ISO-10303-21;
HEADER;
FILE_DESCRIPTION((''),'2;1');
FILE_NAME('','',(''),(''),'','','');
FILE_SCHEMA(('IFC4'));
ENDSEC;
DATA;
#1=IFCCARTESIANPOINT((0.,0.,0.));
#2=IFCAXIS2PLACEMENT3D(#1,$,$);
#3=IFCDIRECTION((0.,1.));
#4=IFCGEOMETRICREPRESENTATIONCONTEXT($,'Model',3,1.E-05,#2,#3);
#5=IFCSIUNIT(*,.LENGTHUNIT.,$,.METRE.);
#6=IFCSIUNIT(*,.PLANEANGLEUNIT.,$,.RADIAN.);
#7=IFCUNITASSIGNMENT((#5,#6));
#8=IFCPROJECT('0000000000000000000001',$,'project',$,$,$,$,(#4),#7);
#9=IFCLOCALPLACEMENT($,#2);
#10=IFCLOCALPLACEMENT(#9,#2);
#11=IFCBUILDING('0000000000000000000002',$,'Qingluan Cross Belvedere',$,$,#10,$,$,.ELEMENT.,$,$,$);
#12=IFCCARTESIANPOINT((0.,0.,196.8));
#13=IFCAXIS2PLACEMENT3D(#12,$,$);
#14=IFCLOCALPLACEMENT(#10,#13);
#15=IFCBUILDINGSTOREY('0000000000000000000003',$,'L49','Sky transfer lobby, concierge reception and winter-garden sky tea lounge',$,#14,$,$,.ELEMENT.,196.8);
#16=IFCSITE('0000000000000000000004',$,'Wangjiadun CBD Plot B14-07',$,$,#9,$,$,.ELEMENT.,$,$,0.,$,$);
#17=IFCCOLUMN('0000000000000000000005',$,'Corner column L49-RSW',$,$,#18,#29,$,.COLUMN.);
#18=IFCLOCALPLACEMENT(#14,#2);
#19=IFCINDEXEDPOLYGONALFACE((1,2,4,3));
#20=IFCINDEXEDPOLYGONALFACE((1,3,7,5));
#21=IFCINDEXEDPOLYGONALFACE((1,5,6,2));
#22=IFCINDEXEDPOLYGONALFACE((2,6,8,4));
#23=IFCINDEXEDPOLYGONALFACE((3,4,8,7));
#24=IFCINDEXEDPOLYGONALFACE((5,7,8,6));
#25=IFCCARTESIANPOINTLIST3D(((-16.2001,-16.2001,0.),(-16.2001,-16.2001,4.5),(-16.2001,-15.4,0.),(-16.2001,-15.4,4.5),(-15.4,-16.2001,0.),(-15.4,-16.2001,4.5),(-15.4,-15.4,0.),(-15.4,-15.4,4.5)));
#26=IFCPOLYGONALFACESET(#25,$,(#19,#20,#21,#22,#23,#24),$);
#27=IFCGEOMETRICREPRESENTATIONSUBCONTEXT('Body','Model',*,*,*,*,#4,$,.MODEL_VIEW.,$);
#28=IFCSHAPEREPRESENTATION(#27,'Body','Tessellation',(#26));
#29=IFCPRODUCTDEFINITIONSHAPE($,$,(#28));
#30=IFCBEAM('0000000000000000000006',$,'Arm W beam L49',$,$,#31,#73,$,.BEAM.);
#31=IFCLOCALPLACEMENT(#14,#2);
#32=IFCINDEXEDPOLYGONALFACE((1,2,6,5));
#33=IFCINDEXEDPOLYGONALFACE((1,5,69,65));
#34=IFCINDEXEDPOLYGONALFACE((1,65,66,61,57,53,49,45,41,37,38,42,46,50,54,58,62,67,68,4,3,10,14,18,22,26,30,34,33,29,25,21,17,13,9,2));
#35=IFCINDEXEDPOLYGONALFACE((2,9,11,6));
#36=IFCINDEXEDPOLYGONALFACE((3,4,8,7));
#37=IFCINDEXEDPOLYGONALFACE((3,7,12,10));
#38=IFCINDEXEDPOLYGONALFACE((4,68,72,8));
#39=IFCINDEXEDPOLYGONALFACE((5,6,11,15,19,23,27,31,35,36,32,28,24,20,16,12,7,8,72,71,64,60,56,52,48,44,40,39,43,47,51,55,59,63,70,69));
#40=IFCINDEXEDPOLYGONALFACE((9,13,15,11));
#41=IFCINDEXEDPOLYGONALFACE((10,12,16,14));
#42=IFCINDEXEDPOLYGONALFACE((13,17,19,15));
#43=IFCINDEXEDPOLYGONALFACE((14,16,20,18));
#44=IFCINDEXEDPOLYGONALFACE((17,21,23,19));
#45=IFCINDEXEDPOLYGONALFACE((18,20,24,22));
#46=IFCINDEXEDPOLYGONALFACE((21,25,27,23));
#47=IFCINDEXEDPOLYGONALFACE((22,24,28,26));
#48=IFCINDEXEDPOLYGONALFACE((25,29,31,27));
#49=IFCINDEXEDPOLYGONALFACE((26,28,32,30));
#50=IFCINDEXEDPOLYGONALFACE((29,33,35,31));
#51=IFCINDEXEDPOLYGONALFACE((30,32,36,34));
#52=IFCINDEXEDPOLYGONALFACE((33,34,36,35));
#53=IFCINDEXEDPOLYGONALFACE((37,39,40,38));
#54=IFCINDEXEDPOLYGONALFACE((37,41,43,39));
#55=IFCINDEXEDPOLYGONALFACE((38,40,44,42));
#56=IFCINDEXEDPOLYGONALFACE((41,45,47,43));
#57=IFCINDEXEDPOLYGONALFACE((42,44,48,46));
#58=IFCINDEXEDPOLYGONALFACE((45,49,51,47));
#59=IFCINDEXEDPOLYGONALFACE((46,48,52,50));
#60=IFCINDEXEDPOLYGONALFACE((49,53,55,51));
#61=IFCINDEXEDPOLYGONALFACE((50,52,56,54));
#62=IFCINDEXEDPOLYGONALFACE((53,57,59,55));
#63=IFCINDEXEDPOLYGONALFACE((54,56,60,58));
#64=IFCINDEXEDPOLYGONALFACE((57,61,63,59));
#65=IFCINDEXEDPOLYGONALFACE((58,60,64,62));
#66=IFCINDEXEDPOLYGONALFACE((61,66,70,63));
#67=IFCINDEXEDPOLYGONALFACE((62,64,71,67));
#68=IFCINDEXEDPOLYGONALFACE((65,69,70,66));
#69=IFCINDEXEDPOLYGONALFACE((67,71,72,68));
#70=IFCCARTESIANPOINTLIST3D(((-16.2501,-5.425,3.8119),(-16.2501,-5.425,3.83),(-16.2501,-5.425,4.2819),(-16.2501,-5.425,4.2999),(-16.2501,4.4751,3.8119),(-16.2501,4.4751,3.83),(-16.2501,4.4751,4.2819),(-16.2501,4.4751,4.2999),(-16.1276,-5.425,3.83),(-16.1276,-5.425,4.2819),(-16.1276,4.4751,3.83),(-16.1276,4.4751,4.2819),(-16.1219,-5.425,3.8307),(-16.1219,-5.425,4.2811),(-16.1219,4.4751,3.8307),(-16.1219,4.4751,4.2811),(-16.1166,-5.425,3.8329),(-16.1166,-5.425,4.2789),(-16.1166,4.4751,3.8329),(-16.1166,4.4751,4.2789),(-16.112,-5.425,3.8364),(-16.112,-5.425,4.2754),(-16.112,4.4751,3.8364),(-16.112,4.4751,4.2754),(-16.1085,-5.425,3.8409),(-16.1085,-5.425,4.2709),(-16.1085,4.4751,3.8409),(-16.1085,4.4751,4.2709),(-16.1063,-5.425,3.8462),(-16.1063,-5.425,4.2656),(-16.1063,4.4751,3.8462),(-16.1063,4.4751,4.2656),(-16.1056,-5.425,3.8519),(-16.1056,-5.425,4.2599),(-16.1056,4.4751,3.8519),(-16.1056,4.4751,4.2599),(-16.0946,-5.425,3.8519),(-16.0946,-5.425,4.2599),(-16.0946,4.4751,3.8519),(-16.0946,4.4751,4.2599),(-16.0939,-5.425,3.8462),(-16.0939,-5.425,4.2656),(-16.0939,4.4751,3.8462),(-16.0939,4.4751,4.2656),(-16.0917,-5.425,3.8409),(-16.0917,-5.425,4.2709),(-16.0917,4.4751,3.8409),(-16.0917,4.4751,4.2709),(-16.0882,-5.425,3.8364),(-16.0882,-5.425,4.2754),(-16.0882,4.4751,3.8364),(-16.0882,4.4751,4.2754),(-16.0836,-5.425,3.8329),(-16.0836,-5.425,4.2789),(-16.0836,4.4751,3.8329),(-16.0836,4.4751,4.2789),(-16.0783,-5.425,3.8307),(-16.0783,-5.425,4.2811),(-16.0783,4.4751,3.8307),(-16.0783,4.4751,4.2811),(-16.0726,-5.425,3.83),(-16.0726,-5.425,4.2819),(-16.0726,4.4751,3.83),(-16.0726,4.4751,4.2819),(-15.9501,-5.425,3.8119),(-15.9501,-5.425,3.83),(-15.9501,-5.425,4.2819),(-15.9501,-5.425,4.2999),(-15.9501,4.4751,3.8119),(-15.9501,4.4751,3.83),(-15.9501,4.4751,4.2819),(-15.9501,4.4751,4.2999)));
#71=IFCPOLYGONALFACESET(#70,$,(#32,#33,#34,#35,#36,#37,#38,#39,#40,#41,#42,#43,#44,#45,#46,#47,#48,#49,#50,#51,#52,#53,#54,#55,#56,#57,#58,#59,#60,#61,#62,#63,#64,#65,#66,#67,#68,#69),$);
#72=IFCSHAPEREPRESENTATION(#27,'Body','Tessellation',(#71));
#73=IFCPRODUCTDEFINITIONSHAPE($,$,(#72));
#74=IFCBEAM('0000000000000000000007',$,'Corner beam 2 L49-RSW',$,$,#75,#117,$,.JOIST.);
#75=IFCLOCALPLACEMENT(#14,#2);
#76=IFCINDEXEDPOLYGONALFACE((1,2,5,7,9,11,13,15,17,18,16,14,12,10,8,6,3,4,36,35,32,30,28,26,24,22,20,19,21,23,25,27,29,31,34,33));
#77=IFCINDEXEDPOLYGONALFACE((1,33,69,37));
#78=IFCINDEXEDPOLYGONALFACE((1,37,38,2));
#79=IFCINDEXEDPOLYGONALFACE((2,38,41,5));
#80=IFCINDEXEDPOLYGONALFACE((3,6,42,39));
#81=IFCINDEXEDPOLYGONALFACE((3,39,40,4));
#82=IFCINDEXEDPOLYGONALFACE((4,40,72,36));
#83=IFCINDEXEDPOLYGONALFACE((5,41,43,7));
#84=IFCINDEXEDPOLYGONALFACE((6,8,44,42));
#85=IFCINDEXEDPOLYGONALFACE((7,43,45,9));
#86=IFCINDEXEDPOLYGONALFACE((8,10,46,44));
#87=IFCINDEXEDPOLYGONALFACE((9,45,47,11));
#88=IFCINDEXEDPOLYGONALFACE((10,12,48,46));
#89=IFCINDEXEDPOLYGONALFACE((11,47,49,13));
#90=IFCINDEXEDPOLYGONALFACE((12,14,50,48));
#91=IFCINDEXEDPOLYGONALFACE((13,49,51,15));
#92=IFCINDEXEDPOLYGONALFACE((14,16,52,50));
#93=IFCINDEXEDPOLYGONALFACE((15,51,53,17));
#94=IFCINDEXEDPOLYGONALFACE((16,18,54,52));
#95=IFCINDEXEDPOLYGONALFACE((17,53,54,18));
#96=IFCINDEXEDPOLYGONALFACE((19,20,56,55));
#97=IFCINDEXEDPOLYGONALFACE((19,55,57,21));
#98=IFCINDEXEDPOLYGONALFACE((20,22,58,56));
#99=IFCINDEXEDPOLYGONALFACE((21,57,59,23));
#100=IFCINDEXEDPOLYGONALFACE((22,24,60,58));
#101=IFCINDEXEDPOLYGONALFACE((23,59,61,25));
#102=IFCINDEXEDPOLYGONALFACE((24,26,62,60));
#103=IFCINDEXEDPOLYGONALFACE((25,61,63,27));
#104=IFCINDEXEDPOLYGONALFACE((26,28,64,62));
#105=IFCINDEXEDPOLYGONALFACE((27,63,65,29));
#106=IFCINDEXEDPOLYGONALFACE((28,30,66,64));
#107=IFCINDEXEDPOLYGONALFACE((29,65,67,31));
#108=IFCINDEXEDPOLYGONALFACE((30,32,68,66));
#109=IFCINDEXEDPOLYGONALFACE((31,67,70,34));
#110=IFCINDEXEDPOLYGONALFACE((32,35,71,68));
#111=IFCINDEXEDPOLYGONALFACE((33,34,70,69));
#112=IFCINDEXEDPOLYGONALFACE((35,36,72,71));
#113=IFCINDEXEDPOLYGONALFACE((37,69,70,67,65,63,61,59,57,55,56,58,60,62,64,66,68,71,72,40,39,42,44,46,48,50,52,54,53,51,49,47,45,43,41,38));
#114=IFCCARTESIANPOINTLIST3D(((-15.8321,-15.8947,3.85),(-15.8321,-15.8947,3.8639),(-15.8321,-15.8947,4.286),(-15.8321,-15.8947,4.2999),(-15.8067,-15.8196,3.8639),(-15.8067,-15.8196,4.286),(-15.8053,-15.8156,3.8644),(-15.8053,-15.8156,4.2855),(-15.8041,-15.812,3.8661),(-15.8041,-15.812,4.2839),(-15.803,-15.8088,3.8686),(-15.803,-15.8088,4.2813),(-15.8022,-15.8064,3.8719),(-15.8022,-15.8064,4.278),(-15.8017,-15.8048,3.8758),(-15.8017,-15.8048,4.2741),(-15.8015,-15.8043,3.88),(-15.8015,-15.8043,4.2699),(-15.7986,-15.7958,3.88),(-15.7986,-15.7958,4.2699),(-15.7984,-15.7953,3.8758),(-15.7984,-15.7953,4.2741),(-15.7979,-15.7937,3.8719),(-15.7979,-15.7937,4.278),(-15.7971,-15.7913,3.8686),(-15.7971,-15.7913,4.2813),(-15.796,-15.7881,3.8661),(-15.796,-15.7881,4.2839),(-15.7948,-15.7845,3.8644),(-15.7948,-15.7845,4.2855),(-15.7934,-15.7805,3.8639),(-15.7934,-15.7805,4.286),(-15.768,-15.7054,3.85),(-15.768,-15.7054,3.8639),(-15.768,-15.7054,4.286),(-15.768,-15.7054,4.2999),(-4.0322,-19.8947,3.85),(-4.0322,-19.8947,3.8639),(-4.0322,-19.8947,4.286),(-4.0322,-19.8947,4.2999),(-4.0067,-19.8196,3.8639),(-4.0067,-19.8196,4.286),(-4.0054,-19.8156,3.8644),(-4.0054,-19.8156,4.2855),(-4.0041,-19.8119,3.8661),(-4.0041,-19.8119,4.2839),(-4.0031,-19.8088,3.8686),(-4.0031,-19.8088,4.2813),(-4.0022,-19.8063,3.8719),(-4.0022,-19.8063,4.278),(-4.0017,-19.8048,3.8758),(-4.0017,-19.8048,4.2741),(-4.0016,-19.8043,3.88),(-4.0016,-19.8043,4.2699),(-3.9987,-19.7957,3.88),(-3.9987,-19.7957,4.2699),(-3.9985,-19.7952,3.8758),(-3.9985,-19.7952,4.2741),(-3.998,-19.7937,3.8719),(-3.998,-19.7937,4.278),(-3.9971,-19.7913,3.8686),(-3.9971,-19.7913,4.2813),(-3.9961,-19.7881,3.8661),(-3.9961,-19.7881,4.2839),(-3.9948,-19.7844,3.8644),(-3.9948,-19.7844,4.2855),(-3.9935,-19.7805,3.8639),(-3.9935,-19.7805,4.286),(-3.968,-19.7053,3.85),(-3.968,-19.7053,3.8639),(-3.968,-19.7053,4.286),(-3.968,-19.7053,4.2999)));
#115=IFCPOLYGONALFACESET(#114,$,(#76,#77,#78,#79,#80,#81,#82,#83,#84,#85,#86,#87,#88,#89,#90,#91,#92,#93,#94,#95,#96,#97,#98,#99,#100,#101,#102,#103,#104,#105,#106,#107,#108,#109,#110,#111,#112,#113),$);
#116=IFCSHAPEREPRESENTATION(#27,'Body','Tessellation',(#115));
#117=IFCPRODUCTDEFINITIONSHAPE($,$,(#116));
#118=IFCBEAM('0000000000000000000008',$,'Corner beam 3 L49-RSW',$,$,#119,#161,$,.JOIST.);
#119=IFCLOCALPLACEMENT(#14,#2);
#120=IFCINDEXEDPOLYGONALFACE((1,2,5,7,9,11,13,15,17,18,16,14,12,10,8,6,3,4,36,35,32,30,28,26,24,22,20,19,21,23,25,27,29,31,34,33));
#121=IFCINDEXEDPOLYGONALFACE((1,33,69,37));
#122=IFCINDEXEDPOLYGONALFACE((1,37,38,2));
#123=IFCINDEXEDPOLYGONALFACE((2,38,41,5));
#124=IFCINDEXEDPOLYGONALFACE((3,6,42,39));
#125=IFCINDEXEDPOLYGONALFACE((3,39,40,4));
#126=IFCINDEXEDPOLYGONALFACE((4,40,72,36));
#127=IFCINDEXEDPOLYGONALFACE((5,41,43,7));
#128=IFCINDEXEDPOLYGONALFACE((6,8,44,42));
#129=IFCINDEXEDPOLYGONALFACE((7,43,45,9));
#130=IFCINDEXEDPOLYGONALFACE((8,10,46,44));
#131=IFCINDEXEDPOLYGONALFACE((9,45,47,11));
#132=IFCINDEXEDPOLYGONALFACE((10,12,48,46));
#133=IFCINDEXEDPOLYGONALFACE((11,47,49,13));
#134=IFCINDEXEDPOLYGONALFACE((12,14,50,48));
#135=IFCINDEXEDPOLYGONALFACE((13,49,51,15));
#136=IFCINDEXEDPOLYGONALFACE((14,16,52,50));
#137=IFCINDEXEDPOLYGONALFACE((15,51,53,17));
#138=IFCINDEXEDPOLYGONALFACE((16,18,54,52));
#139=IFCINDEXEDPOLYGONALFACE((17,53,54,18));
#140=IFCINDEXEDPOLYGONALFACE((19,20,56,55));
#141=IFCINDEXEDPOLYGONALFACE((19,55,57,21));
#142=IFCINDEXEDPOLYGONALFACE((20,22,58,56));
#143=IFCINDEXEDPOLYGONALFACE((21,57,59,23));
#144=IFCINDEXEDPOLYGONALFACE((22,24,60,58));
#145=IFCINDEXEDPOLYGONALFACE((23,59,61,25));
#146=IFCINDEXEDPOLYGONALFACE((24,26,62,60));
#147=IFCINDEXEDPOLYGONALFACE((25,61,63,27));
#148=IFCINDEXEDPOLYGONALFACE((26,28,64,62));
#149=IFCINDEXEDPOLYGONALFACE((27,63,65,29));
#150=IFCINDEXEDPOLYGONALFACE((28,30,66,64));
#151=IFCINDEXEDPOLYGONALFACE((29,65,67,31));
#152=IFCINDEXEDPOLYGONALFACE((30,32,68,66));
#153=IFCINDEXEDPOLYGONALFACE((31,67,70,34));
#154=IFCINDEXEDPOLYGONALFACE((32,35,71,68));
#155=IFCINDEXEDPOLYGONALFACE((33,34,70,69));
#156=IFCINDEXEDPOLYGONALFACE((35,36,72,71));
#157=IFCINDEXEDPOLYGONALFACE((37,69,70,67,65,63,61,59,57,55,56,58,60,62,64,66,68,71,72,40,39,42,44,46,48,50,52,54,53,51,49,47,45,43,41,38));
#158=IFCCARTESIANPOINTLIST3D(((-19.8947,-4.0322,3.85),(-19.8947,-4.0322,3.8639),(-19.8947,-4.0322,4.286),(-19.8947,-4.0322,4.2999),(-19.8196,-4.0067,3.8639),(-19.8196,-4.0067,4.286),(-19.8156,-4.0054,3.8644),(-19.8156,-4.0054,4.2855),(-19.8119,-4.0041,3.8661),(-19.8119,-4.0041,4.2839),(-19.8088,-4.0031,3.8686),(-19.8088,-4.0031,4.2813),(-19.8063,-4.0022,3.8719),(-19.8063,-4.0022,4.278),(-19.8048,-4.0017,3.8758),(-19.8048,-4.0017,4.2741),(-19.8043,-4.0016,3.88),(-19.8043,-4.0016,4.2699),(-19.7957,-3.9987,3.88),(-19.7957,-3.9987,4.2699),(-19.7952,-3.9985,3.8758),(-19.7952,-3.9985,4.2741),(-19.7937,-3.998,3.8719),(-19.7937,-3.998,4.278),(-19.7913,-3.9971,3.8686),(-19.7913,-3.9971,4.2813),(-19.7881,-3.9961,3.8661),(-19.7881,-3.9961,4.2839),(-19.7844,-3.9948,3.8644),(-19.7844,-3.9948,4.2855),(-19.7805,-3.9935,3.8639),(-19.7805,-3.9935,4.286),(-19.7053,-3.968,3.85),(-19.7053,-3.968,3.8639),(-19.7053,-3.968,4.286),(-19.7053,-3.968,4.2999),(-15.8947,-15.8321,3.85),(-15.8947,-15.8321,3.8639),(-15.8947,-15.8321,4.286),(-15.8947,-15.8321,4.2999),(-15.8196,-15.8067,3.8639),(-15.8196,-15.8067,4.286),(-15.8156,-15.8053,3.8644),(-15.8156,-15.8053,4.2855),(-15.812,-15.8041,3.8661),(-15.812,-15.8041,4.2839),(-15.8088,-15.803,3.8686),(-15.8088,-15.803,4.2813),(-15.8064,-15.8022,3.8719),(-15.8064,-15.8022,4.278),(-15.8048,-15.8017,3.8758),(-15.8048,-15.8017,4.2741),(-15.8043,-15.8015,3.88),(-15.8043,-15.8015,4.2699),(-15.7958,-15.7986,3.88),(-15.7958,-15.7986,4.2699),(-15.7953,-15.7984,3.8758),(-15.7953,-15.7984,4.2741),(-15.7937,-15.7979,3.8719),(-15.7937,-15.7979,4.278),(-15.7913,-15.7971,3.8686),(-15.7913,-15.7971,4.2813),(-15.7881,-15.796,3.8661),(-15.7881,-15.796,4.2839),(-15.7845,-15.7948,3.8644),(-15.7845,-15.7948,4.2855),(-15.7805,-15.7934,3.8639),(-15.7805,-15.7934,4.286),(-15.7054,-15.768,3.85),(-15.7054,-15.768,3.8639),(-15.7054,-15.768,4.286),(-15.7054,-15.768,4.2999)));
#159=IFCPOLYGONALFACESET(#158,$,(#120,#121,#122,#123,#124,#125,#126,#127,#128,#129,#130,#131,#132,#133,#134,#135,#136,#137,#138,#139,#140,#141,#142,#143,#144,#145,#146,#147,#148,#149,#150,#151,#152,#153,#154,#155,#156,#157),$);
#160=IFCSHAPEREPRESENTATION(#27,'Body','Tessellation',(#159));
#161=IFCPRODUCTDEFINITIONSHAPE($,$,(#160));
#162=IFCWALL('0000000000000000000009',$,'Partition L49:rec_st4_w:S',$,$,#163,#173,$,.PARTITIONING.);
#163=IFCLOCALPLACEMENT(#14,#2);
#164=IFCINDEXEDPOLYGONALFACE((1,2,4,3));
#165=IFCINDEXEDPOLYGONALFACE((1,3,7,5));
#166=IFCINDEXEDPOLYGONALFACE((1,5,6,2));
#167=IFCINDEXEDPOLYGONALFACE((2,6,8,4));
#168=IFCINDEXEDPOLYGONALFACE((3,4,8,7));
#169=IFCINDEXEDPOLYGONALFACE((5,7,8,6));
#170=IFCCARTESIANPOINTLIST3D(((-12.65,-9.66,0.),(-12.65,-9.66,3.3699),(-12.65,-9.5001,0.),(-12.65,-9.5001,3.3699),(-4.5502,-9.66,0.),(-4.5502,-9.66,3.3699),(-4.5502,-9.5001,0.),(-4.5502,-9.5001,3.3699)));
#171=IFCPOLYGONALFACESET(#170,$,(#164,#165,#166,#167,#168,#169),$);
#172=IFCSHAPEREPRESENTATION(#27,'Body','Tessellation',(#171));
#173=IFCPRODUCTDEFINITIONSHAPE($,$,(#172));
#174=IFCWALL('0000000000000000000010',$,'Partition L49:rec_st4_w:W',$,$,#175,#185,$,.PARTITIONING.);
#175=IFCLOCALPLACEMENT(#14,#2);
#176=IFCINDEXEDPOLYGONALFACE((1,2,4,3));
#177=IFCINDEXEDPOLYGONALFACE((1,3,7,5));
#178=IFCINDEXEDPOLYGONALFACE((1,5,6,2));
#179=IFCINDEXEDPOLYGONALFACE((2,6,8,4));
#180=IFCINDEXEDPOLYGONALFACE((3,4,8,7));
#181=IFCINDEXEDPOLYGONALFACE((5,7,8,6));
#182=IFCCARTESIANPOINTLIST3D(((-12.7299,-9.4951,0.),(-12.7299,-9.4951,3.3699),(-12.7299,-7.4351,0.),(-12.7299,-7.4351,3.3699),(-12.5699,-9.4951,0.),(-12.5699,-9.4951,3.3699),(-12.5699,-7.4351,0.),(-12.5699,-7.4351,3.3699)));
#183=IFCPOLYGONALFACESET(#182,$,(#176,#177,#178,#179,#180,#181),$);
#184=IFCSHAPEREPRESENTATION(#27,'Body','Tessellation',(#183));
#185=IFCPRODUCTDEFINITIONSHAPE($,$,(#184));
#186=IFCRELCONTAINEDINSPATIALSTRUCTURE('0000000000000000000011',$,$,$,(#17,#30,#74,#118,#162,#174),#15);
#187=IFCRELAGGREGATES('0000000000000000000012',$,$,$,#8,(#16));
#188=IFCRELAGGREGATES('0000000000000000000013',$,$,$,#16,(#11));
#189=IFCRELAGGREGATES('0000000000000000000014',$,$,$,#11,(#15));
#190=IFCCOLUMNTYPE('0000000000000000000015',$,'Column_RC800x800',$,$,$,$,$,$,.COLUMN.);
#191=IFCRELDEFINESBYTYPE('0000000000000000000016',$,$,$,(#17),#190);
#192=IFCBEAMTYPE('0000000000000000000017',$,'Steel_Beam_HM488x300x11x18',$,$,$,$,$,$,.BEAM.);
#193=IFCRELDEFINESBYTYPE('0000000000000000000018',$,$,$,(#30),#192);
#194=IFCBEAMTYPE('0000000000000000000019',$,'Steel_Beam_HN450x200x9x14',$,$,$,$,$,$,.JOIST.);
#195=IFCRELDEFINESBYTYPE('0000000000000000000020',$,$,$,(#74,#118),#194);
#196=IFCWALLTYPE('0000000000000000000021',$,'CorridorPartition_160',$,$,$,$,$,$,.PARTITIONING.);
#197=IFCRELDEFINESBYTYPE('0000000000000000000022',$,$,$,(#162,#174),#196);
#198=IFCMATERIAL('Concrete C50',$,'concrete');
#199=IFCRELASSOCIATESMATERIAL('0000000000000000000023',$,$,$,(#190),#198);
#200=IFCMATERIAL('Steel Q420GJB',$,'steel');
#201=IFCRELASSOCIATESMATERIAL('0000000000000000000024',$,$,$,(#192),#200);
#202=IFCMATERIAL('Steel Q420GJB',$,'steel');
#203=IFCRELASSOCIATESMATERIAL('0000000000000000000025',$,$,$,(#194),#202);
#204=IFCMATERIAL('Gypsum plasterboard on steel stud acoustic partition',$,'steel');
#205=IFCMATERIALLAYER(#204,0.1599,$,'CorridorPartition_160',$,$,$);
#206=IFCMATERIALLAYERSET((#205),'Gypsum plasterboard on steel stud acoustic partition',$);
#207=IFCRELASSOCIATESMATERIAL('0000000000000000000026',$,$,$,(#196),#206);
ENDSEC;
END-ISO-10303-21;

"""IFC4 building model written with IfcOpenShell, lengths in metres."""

from ifc_helpers import new_model, si_unit, direction, frame, frame_2d, origin, origin_2d, place, context, subcontext, project, spatial, rectangle, i_section, extrude, material, layer, layer_set, material_profile, profile_set, type_object, element, save


model = new_model("IFC4")

# Units and contexts
model_context = context("Model", 3, precision=1e-05, world=origin(), true_north=direction((0.0, 1.0)))
body_context = subcontext(model_context, "Body", "Model", "MODEL_VIEW")
ifc_project = project(units=[si_unit("LENGTHUNIT", "METRE"), si_unit("PLANEANGLEUNIT", "RADIAN")], contexts=[model_context])

# Site, building, storey
site_placement = place(None, origin())
site = spatial("IfcSite", under=ifc_project, at=site_placement, Name="Wangjiadun CBD Plot B14-07", CompositionType="ELEMENT", RefElevation=0.0)
building_placement = place(site_placement, origin())
building = spatial("IfcBuilding", under=site, at=building_placement, Name="Qingluan Cross Belvedere", CompositionType="ELEMENT")
storey_placement = place(building_placement, frame((0.0, 0.0, 196.8)))
storey = spatial("IfcBuildingStorey", under=building, at=storey_placement, Name="L49", Description="Sky transfer lobby, concierge reception and winter-garden sky tea lounge", CompositionType="ELEMENT", Elevation=196.8)

# Column
ifc_material_1 = material(Name="Concrete C50", Category="concrete")
ifc_material_profile_1 = material_profile(ifc_material_1, rectangle(XDim=0.8, YDim=0.8, at=origin_2d()), Name="RC800x800")
ifc_profile_set_1 = profile_set([ifc_material_profile_1], Name="Concrete C50")
column_type = type_object("IfcColumnType", Name="Column_RC800x800", PredefinedType="COLUMN", material=ifc_profile_set_1)
column_placement = place(storey_placement, frame((-15.8, -15.8, 0.0), z_axis=(0.0, 0.0, 1.0), x_axis=(1.0, 0.0, 0.0)))
element("IfcColumn", 1, at=column_placement, inside=storey, type_object=column_type, Name="Corner column L49-RSW", PredefinedType="COLUMN", context=body_context, shape_type="SweptSolid", body=[
    extrude(rectangle(XDim=0.8, YDim=0.8, at=origin_2d()), origin(), (0.0, 0.0, 1.0), 4.5),
])

# Beams
ifc_material_2 = material(Name="Steel Q420GJB", Category="steel")
ifc_material_profile_2 = material_profile(ifc_material_2, i_section(OverallWidth=0.3, OverallDepth=0.488, WebThickness=0.011, FlangeThickness=0.0181, FilletRadius=0.022, at=origin_2d()), Name="HM488x300x11x18")
ifc_profile_set_2 = profile_set([ifc_material_profile_2], Name="Steel Q420GJB")
beam_type_1 = type_object("IfcBeamType", Name="Steel_Beam_HM488x300x11x18", PredefinedType="BEAM", material=ifc_profile_set_2)
beam_placement = place(storey_placement, frame((-16.1001, -5.425, 4.0559), z_axis=(0.0, 1.0, 0.0), x_axis=(-1.0, 0.0, 0.0)))
element("IfcBeam", 2, at=beam_placement, inside=storey, type_object=beam_type_1, Name="Arm W beam L49", PredefinedType="BEAM", context=body_context, shape_type="SweptSolid", body=[
    extrude(i_section(OverallWidth=0.3, OverallDepth=0.488, WebThickness=0.011, FlangeThickness=0.0181, FilletRadius=0.022, at=origin_2d()), origin(), (0.0, 0.0, 1.0), 9.9001),
])
ifc_material_3 = material(Name="Steel Q420GJB", Category="steel")
ifc_material_profile_3 = material_profile(ifc_material_3, i_section(OverallWidth=0.2, OverallDepth=0.45, WebThickness=0.009, FlangeThickness=0.0139, FilletRadius=0.0161, at=origin_2d()), Name="HN450x200x9x14")
ifc_profile_set_3 = profile_set([ifc_material_profile_3], Name="Steel Q420GJB")
beam_type_2 = type_object("IfcBeamType", Name="Steel_Beam_HN450x200x9x14", PredefinedType="JOIST", material=ifc_profile_set_3)
for number, where, z_axis, x_axis, name in (
    (3, (-15.8, -15.8, 4.075), (0.947066, -0.321038, 0.0), (0.321038, 0.947066, 0.0), "Corner beam 2 L49-RSW"),
    (4, (-15.8, -15.8, 4.075), (-0.321038, 0.947066, 0.0), (-0.947066, -0.321038, 0.0), "Corner beam 3 L49-RSW"),
):
    element("IfcBeam", number, at=place(storey_placement, frame(where, z_axis=z_axis, x_axis=x_axis)), inside=storey, type_object=beam_type_2, Name=name, PredefinedType="JOIST", context=body_context, shape_type="SweptSolid", body=[
        extrude(i_section(OverallWidth=0.2, OverallDepth=0.45, WebThickness=0.009, FlangeThickness=0.0139, FilletRadius=0.0161, at=origin_2d()), origin(), (0.0, 0.0, 1.0), 12.4595),
    ])

# Walls
ifc_material_4 = material(Name="Gypsum plasterboard on steel stud acoustic partition", Category="steel")
ifc_layer_1 = layer(ifc_material_4, 0.1599, Name="CorridorPartition_160")
ifc_layer_set_1 = layer_set([ifc_layer_1], Name="Gypsum plasterboard on steel stud acoustic partition")
wall_type_1 = type_object("IfcWallType", Name="CorridorPartition_160", PredefinedType="PARTITIONING", material=ifc_layer_set_1)
wall_1_placement = place(storey_placement, frame((-12.6499, -9.5801, 0.0), z_axis=(0.0, 0.0, 1.0), x_axis=(1.0, 0.0, 0.0)))
element("IfcWall", 5, at=wall_1_placement, inside=storey, type_object=wall_type_1, Name="Partition L49:rec_st4_w:S", PredefinedType="PARTITIONING", context=body_context, shape_type="SweptSolid", body=[
    extrude(rectangle(XDim=8.0999, YDim=0.1599, at=frame_2d((4.0498, 0.0))), origin(), (0.0, 0.0, 1.0), 3.3699),
])
wall_2_placement = place(storey_placement, frame((-12.6499, -9.4951, 0.0), z_axis=(0.0, 0.0, 1.0), x_axis=(0.0, 1.0, 0.0)))
element("IfcWall", 6, at=wall_2_placement, inside=storey, type_object=wall_type_1, Name="Partition L49:rec_st4_w:W", PredefinedType="PARTITIONING", context=body_context, shape_type="SweptSolid", body=[
    extrude(rectangle(XDim=2.0601, YDim=0.1599, at=frame_2d((1.03, 0.0))), origin(), (0.0, 0.0, 1.0), 3.3699),
])

save(model, "model.ifc")
